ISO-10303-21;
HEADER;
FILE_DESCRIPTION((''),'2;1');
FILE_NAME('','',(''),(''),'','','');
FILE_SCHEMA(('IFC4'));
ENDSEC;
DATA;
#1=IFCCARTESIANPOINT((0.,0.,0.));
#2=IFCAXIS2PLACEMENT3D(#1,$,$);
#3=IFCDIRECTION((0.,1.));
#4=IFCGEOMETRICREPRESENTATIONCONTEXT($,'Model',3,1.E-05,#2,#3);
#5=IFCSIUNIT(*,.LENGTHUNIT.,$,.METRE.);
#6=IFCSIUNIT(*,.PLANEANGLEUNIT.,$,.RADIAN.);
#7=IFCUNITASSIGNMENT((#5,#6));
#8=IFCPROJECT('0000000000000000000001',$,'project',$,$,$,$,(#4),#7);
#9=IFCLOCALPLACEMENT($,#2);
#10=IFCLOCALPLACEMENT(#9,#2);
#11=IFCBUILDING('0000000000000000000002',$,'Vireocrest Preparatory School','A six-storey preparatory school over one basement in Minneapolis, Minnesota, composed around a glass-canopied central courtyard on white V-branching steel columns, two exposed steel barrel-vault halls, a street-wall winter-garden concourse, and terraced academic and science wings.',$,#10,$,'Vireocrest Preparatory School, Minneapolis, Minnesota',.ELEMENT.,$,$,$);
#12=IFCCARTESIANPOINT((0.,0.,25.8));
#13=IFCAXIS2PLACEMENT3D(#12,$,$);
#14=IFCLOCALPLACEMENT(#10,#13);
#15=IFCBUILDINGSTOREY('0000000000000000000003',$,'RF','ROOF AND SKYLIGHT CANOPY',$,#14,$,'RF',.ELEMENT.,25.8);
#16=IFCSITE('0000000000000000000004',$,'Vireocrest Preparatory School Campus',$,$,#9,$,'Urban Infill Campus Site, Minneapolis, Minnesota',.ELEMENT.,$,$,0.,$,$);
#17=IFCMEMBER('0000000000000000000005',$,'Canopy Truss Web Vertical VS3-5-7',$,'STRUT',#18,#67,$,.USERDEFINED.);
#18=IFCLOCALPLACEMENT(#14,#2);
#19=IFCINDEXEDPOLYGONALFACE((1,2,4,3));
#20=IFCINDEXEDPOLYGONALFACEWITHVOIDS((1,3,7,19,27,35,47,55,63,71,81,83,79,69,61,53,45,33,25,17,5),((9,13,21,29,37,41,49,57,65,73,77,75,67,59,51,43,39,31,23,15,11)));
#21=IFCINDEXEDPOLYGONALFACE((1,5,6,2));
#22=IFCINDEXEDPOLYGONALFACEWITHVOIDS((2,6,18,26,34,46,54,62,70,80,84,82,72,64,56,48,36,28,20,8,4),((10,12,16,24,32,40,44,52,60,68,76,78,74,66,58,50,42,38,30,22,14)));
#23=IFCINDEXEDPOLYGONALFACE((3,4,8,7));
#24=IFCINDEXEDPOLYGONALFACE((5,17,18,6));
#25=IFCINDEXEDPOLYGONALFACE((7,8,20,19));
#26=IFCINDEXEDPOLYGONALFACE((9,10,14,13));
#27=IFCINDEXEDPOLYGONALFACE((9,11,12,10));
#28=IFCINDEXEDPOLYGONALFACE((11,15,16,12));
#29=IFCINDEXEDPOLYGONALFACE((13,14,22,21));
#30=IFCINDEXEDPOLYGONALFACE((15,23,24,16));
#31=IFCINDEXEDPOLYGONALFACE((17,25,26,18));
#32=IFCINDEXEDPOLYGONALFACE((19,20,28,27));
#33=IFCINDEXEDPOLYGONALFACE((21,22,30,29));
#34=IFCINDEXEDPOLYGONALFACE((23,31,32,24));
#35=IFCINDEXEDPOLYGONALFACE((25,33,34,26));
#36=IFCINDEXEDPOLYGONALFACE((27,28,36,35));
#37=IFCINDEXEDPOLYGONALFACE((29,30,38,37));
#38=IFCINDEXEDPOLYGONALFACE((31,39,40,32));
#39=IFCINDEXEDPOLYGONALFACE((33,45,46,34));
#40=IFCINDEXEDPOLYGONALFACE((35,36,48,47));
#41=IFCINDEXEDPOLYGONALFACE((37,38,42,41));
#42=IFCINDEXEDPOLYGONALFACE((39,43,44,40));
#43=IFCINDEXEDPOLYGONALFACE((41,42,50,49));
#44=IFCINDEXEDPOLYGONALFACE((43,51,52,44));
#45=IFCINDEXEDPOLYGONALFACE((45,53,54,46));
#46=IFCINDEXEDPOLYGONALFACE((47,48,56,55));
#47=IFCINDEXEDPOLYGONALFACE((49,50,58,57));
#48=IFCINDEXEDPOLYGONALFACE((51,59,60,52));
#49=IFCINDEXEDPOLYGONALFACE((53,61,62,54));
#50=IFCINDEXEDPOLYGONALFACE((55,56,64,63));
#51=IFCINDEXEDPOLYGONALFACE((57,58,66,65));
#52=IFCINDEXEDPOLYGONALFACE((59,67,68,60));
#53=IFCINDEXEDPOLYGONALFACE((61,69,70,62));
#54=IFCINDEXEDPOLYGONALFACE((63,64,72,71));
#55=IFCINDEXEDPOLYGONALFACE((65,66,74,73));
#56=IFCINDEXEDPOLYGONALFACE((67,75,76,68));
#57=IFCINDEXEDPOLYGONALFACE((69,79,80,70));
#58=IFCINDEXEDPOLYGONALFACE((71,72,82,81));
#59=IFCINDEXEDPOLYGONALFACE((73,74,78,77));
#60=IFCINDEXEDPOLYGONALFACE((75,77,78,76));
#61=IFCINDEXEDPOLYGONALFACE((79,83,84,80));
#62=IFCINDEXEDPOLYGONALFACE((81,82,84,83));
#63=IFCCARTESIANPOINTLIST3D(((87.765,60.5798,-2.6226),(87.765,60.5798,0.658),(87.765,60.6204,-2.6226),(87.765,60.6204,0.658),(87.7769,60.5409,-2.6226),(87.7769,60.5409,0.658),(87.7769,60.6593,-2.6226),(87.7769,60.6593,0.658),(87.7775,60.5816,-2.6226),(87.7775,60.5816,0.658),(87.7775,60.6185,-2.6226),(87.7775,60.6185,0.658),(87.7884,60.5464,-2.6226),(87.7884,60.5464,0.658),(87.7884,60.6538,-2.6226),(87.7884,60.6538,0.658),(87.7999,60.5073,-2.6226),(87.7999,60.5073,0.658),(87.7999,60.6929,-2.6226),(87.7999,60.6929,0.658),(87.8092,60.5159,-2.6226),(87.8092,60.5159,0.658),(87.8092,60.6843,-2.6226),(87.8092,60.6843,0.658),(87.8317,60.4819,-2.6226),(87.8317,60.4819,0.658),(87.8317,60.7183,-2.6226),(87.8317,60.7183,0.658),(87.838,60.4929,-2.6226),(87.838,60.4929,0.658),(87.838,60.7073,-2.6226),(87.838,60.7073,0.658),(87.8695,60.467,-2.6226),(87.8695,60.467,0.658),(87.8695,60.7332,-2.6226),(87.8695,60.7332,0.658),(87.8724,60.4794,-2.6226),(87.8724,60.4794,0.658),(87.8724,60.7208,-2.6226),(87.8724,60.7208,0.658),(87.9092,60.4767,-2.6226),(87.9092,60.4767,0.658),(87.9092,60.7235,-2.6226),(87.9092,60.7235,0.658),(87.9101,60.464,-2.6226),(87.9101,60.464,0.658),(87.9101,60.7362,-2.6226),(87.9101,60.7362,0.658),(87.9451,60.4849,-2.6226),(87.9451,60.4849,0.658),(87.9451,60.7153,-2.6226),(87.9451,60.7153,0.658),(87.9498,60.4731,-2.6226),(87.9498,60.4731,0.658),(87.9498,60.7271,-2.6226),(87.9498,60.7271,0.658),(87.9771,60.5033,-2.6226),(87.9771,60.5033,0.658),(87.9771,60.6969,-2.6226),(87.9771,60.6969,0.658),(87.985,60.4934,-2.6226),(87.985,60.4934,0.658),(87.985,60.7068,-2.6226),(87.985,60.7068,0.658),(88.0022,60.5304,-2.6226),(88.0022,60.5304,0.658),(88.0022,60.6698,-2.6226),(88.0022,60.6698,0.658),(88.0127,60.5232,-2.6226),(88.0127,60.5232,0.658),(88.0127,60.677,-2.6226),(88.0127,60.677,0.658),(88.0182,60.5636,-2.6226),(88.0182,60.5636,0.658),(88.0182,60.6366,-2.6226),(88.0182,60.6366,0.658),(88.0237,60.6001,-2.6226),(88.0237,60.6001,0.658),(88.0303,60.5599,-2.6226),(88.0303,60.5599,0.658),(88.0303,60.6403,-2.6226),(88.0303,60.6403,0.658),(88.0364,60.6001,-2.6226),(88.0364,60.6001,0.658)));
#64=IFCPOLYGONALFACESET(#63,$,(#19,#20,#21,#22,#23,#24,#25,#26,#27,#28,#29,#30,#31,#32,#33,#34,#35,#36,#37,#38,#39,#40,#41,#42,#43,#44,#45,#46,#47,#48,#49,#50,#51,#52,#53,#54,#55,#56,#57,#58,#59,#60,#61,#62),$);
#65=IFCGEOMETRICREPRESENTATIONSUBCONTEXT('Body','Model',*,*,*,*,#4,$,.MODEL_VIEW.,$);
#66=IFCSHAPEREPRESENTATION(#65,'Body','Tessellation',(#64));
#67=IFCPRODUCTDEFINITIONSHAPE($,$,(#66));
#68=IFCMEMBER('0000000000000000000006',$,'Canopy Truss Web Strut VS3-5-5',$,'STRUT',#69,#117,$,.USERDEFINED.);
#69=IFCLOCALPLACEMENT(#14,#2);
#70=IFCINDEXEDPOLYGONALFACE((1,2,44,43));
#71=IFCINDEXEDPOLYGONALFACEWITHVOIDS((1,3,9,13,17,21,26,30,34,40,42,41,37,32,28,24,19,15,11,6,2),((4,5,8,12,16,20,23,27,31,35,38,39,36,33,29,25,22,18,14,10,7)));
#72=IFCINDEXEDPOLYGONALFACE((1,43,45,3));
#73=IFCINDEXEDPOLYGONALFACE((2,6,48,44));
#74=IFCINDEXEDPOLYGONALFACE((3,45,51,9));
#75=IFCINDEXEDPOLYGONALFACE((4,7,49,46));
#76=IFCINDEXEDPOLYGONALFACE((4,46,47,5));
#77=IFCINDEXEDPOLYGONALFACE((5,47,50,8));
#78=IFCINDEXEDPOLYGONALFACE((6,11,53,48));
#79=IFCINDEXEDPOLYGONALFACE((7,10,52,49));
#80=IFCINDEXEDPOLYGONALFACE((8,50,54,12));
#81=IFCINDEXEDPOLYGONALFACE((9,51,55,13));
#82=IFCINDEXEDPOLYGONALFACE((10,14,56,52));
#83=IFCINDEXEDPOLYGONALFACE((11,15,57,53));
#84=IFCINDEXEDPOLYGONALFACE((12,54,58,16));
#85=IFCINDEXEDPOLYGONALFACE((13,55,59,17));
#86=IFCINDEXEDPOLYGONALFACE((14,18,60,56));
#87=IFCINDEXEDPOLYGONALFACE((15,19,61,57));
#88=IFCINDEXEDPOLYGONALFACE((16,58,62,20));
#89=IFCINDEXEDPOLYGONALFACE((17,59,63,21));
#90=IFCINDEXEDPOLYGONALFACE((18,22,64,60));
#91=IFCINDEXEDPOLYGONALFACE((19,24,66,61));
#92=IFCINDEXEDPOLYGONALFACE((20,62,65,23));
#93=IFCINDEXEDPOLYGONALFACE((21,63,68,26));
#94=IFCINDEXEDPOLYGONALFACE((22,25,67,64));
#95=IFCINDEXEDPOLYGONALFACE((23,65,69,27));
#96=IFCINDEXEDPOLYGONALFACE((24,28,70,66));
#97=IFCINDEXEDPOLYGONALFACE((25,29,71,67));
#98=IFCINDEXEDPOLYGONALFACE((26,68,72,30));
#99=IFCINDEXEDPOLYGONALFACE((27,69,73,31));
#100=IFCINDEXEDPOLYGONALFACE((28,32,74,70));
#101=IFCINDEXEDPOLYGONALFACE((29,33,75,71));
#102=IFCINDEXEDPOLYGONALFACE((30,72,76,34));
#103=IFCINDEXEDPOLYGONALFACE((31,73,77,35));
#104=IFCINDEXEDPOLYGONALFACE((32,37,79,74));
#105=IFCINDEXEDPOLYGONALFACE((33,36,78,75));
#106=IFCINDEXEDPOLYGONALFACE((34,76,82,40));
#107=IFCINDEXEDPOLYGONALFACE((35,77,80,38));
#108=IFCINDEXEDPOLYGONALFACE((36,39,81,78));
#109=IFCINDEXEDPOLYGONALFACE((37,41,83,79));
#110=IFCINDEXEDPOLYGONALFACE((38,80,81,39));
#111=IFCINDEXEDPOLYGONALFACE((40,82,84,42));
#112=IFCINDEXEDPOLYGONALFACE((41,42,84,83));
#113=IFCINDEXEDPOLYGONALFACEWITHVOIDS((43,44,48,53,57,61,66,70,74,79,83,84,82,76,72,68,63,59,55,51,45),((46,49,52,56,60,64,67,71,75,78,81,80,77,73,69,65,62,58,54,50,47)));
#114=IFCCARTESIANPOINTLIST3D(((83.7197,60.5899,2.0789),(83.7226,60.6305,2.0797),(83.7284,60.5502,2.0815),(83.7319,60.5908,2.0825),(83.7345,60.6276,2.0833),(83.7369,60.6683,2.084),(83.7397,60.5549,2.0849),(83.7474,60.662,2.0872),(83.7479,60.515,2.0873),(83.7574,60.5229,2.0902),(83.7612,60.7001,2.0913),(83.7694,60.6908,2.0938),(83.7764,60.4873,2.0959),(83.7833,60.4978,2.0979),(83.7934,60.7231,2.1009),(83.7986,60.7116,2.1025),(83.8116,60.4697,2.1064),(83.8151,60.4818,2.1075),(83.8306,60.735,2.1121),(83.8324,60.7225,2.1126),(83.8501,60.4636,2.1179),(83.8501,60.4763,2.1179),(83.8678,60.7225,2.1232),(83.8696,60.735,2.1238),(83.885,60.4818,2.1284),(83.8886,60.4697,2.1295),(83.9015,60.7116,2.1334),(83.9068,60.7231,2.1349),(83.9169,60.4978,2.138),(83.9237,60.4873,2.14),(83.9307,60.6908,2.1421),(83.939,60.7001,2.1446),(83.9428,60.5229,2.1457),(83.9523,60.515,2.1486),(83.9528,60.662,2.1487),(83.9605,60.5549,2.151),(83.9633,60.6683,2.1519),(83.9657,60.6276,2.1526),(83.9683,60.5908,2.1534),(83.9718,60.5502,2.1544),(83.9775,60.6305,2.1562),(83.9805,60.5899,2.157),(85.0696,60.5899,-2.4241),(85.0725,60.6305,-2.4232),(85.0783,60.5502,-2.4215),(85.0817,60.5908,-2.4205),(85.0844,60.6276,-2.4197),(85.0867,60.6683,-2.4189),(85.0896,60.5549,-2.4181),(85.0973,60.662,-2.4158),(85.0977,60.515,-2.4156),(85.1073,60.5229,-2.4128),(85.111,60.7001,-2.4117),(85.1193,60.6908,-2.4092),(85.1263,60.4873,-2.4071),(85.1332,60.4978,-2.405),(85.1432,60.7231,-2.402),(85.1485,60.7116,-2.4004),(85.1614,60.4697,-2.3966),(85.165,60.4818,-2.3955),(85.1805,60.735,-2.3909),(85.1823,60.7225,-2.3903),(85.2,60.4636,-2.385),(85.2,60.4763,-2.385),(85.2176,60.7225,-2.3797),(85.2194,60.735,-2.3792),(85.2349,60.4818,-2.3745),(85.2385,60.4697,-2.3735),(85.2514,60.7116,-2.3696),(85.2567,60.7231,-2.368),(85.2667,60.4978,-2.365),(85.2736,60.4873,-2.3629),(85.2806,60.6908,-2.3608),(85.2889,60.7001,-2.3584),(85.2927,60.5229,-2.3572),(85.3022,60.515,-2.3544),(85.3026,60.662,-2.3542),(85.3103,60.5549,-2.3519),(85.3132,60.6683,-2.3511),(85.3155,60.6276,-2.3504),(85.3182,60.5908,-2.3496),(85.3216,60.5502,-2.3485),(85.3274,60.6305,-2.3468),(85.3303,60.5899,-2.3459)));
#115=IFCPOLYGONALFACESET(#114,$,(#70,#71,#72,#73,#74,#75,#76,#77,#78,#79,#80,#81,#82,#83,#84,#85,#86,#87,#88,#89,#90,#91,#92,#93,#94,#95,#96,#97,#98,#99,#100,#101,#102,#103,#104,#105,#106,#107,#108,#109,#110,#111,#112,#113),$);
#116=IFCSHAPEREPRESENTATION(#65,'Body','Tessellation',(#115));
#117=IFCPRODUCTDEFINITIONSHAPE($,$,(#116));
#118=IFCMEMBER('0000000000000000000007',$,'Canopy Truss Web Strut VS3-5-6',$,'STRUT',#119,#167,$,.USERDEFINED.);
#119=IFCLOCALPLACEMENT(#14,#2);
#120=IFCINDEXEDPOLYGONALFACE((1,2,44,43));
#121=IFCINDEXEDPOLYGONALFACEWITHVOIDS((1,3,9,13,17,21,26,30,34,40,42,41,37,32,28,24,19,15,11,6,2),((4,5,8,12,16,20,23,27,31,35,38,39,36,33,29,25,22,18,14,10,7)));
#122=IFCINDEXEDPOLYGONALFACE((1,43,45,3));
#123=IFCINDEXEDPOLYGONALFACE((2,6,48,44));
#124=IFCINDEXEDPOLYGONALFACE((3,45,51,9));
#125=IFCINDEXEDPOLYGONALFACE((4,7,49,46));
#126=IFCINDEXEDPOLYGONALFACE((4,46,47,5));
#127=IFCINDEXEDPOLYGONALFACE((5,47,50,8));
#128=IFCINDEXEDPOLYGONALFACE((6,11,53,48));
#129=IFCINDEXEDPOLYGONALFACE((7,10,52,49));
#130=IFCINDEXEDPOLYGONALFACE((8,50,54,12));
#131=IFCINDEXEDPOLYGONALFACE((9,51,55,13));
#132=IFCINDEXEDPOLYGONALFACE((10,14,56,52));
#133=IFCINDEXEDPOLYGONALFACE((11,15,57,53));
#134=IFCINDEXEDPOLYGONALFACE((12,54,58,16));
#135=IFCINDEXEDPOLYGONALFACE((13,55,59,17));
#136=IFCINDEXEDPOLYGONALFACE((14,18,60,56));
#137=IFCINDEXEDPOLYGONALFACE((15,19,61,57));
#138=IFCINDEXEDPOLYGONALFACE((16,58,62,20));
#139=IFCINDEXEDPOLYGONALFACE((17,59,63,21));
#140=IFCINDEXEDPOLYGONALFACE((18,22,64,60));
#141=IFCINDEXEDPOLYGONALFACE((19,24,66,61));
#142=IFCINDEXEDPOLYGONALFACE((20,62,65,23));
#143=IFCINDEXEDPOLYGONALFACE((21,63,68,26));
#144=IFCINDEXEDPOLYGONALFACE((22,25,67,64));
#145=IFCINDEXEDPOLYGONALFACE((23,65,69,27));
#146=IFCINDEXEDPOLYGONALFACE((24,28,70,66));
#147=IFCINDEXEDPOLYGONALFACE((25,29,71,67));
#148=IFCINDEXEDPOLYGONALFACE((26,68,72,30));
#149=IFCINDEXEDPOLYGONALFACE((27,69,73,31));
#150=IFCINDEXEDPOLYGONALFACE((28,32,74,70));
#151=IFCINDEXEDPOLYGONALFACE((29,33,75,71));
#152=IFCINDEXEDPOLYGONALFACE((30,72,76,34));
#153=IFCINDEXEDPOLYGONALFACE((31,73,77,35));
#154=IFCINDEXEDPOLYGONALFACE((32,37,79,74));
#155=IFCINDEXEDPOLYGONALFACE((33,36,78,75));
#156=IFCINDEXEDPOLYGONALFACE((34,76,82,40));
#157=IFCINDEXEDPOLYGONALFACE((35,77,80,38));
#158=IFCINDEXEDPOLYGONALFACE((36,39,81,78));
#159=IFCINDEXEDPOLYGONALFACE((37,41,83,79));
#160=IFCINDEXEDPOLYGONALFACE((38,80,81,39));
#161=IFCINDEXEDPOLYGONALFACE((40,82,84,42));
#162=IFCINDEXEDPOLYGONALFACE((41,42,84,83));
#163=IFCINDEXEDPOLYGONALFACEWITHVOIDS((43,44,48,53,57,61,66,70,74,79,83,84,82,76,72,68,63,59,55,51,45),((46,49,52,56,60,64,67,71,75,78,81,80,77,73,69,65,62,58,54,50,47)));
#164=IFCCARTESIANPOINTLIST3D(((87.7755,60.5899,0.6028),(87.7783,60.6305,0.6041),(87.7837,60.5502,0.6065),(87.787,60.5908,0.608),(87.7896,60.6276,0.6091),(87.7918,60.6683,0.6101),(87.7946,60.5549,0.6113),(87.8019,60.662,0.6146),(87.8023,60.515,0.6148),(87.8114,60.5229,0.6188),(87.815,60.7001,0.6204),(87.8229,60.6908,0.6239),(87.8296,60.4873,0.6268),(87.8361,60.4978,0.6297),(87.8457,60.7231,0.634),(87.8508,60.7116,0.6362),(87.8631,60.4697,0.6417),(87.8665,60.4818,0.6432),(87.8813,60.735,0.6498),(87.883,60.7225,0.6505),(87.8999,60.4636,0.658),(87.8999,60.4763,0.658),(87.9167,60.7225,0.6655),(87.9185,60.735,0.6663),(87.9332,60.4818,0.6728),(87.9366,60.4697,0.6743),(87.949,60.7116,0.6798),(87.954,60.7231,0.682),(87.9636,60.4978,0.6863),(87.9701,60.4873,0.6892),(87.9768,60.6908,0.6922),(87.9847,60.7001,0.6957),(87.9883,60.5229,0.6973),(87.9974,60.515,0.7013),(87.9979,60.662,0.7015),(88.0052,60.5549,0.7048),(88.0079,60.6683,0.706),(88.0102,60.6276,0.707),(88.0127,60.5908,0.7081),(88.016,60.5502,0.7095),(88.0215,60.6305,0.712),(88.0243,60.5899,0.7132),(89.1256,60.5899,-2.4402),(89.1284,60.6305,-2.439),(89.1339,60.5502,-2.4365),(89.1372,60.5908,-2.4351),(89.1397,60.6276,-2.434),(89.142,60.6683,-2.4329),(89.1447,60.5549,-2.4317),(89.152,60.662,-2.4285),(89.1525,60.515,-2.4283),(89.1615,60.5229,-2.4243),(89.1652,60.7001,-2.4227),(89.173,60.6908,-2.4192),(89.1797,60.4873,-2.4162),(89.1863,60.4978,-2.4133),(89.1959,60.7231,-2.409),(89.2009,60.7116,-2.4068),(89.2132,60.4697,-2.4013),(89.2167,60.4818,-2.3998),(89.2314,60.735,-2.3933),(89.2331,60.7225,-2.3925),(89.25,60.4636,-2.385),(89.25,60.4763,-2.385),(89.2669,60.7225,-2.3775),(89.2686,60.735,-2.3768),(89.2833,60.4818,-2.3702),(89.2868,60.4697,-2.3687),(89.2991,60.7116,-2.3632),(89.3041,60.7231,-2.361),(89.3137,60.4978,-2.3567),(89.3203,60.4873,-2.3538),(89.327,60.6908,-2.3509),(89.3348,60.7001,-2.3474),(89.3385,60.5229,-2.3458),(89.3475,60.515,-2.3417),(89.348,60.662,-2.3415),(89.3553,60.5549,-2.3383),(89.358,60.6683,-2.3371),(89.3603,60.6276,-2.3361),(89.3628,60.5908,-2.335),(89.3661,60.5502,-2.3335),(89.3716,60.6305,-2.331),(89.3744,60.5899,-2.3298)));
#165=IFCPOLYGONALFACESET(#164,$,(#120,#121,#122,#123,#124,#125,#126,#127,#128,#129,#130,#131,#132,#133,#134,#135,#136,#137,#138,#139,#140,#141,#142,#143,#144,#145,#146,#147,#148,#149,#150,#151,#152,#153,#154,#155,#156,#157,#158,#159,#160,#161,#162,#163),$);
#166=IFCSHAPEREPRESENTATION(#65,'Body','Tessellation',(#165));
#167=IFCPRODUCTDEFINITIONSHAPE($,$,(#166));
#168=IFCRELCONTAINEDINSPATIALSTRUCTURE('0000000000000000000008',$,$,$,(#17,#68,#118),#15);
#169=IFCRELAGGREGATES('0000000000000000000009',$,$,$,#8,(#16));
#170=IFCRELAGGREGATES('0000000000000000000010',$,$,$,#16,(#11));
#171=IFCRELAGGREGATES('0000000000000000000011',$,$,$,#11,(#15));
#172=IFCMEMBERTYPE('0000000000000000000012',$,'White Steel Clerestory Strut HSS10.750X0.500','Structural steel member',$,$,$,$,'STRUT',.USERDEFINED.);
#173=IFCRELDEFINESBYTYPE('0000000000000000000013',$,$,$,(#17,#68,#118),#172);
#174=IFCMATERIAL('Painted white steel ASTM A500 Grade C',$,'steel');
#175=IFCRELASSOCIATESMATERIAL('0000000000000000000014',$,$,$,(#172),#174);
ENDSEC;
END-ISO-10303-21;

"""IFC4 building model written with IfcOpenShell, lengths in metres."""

from ifc_helpers import new_model, si_unit, direction, frame, origin, origin_2d, place, context, subcontext, project, spatial, hollow_circle, extrude, material, material_profile, profile_set, type_object, element, save


model = new_model("IFC4")

# Units and contexts
model_context = context("Model", 3, precision=1e-05, world=origin(), true_north=direction((0.0, 1.0)))
body_context = subcontext(model_context, "Body", "Model", "MODEL_VIEW")
ifc_project = project(units=[si_unit("LENGTHUNIT", "METRE"), si_unit("PLANEANGLEUNIT", "RADIAN")], contexts=[model_context])

# Site, building, storey
site_placement = place(None, origin())
site = spatial("IfcSite", under=ifc_project, at=site_placement, Name="Vireocrest Preparatory School Campus", LongName="Urban Infill Campus Site, Minneapolis, Minnesota", CompositionType="ELEMENT", RefElevation=0.0)
building_placement = place(site_placement, origin())
building = spatial("IfcBuilding", under=site, at=building_placement, Name="Vireocrest Preparatory School", Description="A six-storey preparatory school over one basement in Minneapolis, Minnesota, composed around a glass-canopied central courtyard on white V-branching steel columns, two exposed steel barrel-vault halls, a street-wall winter-garden concourse, and terraced academic and science wings.", LongName="Vireocrest Preparatory School, Minneapolis, Minnesota", CompositionType="ELEMENT")
storey_placement = place(building_placement, frame((0.0, 0.0, 25.8)))
storey = spatial("IfcBuildingStorey", under=building, at=storey_placement, Name="RF", Description="ROOF AND SKYLIGHT CANOPY", LongName="RF", CompositionType="ELEMENT", Elevation=25.8)

# Shared definitions
ifc_material_1 = material(Name="Painted white steel ASTM A500 Grade C", Category="steel")

# Members
ifc_material_profile_1 = material_profile(ifc_material_1, hollow_circle(Radius=0.1365, WallThickness=0.0127, at=origin_2d()), Name="HSS10.750X0.500")
ifc_profile_set_1 = profile_set([ifc_material_profile_1], Name="Painted white steel ASTM A500 Grade C")
member_type_1 = type_object("IfcMemberType", Name="White Steel Clerestory Strut HSS10.750X0.500", Description="Structural steel member", ElementType="STRUT", PredefinedType="USERDEFINED", material=ifc_profile_set_1)
member_1_placement = place(storey_placement, frame((87.8999, 60.6001, -2.6226), z_axis=(0.0, 0.0, 1.0), x_axis=(1.0, 0.0, 0.0)))
element("IfcMember", 1, at=member_1_placement, inside=storey, type_object=member_type_1, Name="Canopy Truss Web Vertical VS3-5-7", ObjectType="STRUT", PredefinedType="USERDEFINED", context=body_context, shape_type="SweptSolid", body=[
    extrude(hollow_circle(Radius=0.1365, WallThickness=0.0127, at=origin_2d()), origin(), (0.0, 0.0, 1.0), 3.2805),
])
member_2_placement = place(storey_placement, frame((85.2, 60.6001, -2.385), z_axis=(-0.287148, 0.0, 0.957886), x_axis=(0.0, -1.0, 0.0)))
element("IfcMember", 2, at=member_2_placement, inside=storey, type_object=member_type_1, Name="Canopy Truss Web Strut VS3-5-5", ObjectType="STRUT", PredefinedType="USERDEFINED", context=body_context, shape_type="SweptSolid", body=[
    extrude(hollow_circle(Radius=0.1365, WallThickness=0.0127, at=origin_2d()), origin(), (0.0, 0.0, 1.0), 4.7009),
])
member_3_placement = place(storey_placement, frame((89.25, 60.6001, -2.385), z_axis=(-0.405553, 0.0, 0.914071), x_axis=(0.0, -1.0, 0.0)))
element("IfcMember", 3, at=member_3_placement, inside=storey, type_object=member_type_1, Name="Canopy Truss Web Strut VS3-5-6", ObjectType="STRUT", PredefinedType="USERDEFINED", context=body_context, shape_type="SweptSolid", body=[
    extrude(hollow_circle(Radius=0.1365, WallThickness=0.0127, at=origin_2d()), origin(), (0.0, 0.0, 1.0), 3.3291),
])

save(model, "model.ifc")
